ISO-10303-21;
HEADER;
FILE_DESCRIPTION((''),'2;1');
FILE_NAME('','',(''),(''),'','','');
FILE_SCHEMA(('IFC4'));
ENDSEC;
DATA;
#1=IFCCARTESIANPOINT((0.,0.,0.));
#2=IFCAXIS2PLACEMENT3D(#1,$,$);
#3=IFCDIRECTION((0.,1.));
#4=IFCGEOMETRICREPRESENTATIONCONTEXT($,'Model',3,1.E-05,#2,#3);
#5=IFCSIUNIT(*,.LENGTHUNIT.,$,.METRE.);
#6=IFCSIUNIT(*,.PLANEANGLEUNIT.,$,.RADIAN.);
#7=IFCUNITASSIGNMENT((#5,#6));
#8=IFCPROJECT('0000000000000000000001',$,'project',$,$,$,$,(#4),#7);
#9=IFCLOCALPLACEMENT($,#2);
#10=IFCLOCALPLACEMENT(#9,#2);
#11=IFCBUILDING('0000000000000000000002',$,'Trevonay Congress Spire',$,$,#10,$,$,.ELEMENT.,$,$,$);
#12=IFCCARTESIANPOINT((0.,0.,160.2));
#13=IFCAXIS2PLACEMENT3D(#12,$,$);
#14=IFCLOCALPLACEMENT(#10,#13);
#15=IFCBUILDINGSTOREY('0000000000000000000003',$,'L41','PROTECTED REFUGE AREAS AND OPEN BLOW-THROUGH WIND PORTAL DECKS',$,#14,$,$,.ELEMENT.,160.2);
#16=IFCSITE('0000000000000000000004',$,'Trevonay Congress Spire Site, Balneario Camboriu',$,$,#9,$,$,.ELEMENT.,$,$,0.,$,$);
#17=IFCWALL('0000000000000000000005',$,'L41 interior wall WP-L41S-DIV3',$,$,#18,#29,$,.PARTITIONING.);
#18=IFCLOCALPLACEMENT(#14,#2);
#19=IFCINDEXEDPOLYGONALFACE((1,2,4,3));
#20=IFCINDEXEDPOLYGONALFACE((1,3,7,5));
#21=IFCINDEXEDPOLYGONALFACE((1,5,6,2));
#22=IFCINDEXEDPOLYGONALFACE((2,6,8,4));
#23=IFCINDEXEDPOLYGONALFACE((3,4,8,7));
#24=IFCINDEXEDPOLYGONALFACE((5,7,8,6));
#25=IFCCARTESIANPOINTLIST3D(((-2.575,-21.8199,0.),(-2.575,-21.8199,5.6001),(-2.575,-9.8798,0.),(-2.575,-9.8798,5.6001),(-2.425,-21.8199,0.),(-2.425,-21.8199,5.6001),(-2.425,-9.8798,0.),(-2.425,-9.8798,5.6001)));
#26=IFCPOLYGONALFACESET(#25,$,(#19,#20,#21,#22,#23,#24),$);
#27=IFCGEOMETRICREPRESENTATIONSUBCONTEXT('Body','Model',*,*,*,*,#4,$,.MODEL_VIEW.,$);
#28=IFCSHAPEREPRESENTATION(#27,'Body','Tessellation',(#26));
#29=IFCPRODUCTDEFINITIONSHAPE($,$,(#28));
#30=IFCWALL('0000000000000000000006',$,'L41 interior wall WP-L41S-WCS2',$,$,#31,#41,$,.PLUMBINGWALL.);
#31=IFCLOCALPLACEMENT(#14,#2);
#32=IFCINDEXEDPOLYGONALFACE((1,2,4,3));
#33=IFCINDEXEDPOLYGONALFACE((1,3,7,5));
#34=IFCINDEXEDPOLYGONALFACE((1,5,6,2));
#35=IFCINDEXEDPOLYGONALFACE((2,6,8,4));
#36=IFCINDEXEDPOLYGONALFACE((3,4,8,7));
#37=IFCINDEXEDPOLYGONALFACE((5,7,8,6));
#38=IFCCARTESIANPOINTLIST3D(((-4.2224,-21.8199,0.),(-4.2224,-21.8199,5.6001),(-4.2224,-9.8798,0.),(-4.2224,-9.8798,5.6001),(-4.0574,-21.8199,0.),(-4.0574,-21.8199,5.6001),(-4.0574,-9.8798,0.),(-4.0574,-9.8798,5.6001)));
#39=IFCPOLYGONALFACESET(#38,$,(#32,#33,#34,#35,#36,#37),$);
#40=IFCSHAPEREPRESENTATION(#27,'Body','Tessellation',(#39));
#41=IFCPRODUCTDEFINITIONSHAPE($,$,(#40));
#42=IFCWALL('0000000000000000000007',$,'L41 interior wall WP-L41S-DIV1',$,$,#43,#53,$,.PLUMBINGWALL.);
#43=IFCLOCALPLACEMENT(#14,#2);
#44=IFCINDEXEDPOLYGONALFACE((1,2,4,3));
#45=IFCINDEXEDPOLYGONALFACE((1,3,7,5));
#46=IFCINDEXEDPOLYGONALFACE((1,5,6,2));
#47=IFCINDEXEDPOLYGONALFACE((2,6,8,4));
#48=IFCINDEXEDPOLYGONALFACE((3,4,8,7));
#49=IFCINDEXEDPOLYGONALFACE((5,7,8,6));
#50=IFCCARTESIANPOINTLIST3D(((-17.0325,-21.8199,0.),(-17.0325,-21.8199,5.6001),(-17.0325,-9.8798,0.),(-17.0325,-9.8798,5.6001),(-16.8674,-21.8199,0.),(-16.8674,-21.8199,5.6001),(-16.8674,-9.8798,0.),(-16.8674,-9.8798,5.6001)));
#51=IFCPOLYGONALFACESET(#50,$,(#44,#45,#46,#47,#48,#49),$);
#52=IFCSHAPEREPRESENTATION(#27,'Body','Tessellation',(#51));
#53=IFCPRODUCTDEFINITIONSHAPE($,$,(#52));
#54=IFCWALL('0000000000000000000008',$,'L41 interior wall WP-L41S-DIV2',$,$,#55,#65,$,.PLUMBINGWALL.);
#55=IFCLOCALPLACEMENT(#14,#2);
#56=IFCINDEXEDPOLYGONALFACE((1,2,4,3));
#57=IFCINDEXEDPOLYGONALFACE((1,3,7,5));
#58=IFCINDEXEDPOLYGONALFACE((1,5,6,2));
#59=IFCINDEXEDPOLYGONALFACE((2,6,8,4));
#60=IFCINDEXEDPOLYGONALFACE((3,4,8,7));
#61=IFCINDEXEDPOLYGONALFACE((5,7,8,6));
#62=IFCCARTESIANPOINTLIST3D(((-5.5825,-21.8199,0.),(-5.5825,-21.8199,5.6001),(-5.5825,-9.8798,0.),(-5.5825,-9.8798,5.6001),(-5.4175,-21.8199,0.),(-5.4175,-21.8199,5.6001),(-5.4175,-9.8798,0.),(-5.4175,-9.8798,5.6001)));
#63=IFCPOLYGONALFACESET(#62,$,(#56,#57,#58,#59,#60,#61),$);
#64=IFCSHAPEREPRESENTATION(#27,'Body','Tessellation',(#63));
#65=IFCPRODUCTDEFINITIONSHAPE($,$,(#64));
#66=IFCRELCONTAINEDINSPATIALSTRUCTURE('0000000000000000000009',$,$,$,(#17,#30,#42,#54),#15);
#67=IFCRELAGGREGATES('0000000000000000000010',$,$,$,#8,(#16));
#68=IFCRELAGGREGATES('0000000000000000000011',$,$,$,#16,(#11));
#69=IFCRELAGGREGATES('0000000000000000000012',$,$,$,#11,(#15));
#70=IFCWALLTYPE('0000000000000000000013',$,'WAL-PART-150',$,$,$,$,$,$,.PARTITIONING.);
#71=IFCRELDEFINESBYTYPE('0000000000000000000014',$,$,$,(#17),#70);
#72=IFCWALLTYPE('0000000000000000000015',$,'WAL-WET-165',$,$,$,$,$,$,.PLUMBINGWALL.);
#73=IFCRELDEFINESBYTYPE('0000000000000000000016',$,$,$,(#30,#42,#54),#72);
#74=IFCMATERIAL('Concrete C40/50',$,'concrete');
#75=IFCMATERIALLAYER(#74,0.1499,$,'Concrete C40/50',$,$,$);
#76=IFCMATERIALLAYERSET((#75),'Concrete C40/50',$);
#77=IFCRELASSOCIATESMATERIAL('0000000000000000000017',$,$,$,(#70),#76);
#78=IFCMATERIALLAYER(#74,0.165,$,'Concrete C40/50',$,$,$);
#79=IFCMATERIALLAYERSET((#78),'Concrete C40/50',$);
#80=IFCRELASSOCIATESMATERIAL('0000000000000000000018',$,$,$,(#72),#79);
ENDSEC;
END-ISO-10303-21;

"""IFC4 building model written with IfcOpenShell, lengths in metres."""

from ifc_helpers import new_model, si_unit, direction, frame, frame_2d, origin, place, context, subcontext, project, spatial, rectangle, extrude, material, layer, layer_set, type_object, element, save


model = new_model("IFC4")

# Units and contexts
model_context = context("Model", 3, precision=1e-05, world=origin(), true_north=direction((0.0, 1.0)))
body_context = subcontext(model_context, "Body", "Model", "MODEL_VIEW")
ifc_project = project(units=[si_unit("LENGTHUNIT", "METRE"), si_unit("PLANEANGLEUNIT", "RADIAN")], contexts=[model_context])

# Site, building, storey
site_placement = place(None, origin())
site = spatial("IfcSite", under=ifc_project, at=site_placement, Name="Trevonay Congress Spire Site, Balneario Camboriu", CompositionType="ELEMENT", RefElevation=0.0)
building_placement = place(site_placement, origin())
building = spatial("IfcBuilding", under=site, at=building_placement, Name="Trevonay Congress Spire", CompositionType="ELEMENT")
storey_placement = place(building_placement, frame((0.0, 0.0, 160.2)))
storey = spatial("IfcBuildingStorey", under=building, at=storey_placement, Name="L41", Description="PROTECTED REFUGE AREAS AND OPEN BLOW-THROUGH WIND PORTAL DECKS", CompositionType="ELEMENT", Elevation=160.2)

# Walls
ifc_material_1 = material(Name="Concrete C40/50", Category="concrete")
ifc_layer_1 = layer(ifc_material_1, 0.1499, Name="Concrete C40/50")
ifc_layer_set_1 = layer_set([ifc_layer_1], Name="Concrete C40/50")
wall_type_1 = type_object("IfcWallType", Name="WAL-PART-150", PredefinedType="PARTITIONING", material=ifc_layer_set_1)
wall_placement = place(storey_placement, frame((-2.5, -21.8201, 0.0), z_axis=(0.0, 0.0, 1.0), x_axis=(0.0, 1.0, 0.0)))
element("IfcWall", 1, at=wall_placement, inside=storey, type_object=wall_type_1, Name="L41 interior wall WP-L41S-DIV3", PredefinedType="PARTITIONING", context=body_context, shape_type="SweptSolid", body=[
    extrude(rectangle(XDim=11.9402, YDim=0.1499, at=frame_2d((5.9702, 0.0))), origin(), (0.0, 0.0, 1.0), 5.6001),
])
ifc_layer_2 = layer(ifc_material_1, 0.165, Name="Concrete C40/50")
ifc_layer_set_2 = layer_set([ifc_layer_2], Name="Concrete C40/50")
wall_type_2 = type_object("IfcWallType", Name="WAL-WET-165", PredefinedType="PLUMBINGWALL", material=ifc_layer_set_2)
for number, where, z_axis, x_axis, name in (
    (2, (-4.1399, -21.8201, 0.0), (0.0, 0.0, 1.0), (0.0, 1.0, 0.0), "L41 interior wall WP-L41S-WCS2"),
    (3, (-16.95, -21.8201, 0.0), (0.0, 0.0, 1.0), (0.0, 1.0, 0.0), "L41 interior wall WP-L41S-DIV1"),
    (4, (-5.5, -21.8201, 0.0), (0.0, 0.0, 1.0), (0.0, 1.0, 0.0), "L41 interior wall WP-L41S-DIV2"),
):
    element("IfcWall", number, at=place(storey_placement, frame(where, z_axis=z_axis, x_axis=x_axis)), inside=storey, type_object=wall_type_2, Name=name, PredefinedType="PLUMBINGWALL", context=body_context, shape_type="SweptSolid", body=[
        extrude(rectangle(XDim=11.9402, YDim=0.165, at=frame_2d((5.9702, 0.0))), origin(), (0.0, 0.0, 1.0), 5.6001),
    ])

save(model, "model.ifc")
